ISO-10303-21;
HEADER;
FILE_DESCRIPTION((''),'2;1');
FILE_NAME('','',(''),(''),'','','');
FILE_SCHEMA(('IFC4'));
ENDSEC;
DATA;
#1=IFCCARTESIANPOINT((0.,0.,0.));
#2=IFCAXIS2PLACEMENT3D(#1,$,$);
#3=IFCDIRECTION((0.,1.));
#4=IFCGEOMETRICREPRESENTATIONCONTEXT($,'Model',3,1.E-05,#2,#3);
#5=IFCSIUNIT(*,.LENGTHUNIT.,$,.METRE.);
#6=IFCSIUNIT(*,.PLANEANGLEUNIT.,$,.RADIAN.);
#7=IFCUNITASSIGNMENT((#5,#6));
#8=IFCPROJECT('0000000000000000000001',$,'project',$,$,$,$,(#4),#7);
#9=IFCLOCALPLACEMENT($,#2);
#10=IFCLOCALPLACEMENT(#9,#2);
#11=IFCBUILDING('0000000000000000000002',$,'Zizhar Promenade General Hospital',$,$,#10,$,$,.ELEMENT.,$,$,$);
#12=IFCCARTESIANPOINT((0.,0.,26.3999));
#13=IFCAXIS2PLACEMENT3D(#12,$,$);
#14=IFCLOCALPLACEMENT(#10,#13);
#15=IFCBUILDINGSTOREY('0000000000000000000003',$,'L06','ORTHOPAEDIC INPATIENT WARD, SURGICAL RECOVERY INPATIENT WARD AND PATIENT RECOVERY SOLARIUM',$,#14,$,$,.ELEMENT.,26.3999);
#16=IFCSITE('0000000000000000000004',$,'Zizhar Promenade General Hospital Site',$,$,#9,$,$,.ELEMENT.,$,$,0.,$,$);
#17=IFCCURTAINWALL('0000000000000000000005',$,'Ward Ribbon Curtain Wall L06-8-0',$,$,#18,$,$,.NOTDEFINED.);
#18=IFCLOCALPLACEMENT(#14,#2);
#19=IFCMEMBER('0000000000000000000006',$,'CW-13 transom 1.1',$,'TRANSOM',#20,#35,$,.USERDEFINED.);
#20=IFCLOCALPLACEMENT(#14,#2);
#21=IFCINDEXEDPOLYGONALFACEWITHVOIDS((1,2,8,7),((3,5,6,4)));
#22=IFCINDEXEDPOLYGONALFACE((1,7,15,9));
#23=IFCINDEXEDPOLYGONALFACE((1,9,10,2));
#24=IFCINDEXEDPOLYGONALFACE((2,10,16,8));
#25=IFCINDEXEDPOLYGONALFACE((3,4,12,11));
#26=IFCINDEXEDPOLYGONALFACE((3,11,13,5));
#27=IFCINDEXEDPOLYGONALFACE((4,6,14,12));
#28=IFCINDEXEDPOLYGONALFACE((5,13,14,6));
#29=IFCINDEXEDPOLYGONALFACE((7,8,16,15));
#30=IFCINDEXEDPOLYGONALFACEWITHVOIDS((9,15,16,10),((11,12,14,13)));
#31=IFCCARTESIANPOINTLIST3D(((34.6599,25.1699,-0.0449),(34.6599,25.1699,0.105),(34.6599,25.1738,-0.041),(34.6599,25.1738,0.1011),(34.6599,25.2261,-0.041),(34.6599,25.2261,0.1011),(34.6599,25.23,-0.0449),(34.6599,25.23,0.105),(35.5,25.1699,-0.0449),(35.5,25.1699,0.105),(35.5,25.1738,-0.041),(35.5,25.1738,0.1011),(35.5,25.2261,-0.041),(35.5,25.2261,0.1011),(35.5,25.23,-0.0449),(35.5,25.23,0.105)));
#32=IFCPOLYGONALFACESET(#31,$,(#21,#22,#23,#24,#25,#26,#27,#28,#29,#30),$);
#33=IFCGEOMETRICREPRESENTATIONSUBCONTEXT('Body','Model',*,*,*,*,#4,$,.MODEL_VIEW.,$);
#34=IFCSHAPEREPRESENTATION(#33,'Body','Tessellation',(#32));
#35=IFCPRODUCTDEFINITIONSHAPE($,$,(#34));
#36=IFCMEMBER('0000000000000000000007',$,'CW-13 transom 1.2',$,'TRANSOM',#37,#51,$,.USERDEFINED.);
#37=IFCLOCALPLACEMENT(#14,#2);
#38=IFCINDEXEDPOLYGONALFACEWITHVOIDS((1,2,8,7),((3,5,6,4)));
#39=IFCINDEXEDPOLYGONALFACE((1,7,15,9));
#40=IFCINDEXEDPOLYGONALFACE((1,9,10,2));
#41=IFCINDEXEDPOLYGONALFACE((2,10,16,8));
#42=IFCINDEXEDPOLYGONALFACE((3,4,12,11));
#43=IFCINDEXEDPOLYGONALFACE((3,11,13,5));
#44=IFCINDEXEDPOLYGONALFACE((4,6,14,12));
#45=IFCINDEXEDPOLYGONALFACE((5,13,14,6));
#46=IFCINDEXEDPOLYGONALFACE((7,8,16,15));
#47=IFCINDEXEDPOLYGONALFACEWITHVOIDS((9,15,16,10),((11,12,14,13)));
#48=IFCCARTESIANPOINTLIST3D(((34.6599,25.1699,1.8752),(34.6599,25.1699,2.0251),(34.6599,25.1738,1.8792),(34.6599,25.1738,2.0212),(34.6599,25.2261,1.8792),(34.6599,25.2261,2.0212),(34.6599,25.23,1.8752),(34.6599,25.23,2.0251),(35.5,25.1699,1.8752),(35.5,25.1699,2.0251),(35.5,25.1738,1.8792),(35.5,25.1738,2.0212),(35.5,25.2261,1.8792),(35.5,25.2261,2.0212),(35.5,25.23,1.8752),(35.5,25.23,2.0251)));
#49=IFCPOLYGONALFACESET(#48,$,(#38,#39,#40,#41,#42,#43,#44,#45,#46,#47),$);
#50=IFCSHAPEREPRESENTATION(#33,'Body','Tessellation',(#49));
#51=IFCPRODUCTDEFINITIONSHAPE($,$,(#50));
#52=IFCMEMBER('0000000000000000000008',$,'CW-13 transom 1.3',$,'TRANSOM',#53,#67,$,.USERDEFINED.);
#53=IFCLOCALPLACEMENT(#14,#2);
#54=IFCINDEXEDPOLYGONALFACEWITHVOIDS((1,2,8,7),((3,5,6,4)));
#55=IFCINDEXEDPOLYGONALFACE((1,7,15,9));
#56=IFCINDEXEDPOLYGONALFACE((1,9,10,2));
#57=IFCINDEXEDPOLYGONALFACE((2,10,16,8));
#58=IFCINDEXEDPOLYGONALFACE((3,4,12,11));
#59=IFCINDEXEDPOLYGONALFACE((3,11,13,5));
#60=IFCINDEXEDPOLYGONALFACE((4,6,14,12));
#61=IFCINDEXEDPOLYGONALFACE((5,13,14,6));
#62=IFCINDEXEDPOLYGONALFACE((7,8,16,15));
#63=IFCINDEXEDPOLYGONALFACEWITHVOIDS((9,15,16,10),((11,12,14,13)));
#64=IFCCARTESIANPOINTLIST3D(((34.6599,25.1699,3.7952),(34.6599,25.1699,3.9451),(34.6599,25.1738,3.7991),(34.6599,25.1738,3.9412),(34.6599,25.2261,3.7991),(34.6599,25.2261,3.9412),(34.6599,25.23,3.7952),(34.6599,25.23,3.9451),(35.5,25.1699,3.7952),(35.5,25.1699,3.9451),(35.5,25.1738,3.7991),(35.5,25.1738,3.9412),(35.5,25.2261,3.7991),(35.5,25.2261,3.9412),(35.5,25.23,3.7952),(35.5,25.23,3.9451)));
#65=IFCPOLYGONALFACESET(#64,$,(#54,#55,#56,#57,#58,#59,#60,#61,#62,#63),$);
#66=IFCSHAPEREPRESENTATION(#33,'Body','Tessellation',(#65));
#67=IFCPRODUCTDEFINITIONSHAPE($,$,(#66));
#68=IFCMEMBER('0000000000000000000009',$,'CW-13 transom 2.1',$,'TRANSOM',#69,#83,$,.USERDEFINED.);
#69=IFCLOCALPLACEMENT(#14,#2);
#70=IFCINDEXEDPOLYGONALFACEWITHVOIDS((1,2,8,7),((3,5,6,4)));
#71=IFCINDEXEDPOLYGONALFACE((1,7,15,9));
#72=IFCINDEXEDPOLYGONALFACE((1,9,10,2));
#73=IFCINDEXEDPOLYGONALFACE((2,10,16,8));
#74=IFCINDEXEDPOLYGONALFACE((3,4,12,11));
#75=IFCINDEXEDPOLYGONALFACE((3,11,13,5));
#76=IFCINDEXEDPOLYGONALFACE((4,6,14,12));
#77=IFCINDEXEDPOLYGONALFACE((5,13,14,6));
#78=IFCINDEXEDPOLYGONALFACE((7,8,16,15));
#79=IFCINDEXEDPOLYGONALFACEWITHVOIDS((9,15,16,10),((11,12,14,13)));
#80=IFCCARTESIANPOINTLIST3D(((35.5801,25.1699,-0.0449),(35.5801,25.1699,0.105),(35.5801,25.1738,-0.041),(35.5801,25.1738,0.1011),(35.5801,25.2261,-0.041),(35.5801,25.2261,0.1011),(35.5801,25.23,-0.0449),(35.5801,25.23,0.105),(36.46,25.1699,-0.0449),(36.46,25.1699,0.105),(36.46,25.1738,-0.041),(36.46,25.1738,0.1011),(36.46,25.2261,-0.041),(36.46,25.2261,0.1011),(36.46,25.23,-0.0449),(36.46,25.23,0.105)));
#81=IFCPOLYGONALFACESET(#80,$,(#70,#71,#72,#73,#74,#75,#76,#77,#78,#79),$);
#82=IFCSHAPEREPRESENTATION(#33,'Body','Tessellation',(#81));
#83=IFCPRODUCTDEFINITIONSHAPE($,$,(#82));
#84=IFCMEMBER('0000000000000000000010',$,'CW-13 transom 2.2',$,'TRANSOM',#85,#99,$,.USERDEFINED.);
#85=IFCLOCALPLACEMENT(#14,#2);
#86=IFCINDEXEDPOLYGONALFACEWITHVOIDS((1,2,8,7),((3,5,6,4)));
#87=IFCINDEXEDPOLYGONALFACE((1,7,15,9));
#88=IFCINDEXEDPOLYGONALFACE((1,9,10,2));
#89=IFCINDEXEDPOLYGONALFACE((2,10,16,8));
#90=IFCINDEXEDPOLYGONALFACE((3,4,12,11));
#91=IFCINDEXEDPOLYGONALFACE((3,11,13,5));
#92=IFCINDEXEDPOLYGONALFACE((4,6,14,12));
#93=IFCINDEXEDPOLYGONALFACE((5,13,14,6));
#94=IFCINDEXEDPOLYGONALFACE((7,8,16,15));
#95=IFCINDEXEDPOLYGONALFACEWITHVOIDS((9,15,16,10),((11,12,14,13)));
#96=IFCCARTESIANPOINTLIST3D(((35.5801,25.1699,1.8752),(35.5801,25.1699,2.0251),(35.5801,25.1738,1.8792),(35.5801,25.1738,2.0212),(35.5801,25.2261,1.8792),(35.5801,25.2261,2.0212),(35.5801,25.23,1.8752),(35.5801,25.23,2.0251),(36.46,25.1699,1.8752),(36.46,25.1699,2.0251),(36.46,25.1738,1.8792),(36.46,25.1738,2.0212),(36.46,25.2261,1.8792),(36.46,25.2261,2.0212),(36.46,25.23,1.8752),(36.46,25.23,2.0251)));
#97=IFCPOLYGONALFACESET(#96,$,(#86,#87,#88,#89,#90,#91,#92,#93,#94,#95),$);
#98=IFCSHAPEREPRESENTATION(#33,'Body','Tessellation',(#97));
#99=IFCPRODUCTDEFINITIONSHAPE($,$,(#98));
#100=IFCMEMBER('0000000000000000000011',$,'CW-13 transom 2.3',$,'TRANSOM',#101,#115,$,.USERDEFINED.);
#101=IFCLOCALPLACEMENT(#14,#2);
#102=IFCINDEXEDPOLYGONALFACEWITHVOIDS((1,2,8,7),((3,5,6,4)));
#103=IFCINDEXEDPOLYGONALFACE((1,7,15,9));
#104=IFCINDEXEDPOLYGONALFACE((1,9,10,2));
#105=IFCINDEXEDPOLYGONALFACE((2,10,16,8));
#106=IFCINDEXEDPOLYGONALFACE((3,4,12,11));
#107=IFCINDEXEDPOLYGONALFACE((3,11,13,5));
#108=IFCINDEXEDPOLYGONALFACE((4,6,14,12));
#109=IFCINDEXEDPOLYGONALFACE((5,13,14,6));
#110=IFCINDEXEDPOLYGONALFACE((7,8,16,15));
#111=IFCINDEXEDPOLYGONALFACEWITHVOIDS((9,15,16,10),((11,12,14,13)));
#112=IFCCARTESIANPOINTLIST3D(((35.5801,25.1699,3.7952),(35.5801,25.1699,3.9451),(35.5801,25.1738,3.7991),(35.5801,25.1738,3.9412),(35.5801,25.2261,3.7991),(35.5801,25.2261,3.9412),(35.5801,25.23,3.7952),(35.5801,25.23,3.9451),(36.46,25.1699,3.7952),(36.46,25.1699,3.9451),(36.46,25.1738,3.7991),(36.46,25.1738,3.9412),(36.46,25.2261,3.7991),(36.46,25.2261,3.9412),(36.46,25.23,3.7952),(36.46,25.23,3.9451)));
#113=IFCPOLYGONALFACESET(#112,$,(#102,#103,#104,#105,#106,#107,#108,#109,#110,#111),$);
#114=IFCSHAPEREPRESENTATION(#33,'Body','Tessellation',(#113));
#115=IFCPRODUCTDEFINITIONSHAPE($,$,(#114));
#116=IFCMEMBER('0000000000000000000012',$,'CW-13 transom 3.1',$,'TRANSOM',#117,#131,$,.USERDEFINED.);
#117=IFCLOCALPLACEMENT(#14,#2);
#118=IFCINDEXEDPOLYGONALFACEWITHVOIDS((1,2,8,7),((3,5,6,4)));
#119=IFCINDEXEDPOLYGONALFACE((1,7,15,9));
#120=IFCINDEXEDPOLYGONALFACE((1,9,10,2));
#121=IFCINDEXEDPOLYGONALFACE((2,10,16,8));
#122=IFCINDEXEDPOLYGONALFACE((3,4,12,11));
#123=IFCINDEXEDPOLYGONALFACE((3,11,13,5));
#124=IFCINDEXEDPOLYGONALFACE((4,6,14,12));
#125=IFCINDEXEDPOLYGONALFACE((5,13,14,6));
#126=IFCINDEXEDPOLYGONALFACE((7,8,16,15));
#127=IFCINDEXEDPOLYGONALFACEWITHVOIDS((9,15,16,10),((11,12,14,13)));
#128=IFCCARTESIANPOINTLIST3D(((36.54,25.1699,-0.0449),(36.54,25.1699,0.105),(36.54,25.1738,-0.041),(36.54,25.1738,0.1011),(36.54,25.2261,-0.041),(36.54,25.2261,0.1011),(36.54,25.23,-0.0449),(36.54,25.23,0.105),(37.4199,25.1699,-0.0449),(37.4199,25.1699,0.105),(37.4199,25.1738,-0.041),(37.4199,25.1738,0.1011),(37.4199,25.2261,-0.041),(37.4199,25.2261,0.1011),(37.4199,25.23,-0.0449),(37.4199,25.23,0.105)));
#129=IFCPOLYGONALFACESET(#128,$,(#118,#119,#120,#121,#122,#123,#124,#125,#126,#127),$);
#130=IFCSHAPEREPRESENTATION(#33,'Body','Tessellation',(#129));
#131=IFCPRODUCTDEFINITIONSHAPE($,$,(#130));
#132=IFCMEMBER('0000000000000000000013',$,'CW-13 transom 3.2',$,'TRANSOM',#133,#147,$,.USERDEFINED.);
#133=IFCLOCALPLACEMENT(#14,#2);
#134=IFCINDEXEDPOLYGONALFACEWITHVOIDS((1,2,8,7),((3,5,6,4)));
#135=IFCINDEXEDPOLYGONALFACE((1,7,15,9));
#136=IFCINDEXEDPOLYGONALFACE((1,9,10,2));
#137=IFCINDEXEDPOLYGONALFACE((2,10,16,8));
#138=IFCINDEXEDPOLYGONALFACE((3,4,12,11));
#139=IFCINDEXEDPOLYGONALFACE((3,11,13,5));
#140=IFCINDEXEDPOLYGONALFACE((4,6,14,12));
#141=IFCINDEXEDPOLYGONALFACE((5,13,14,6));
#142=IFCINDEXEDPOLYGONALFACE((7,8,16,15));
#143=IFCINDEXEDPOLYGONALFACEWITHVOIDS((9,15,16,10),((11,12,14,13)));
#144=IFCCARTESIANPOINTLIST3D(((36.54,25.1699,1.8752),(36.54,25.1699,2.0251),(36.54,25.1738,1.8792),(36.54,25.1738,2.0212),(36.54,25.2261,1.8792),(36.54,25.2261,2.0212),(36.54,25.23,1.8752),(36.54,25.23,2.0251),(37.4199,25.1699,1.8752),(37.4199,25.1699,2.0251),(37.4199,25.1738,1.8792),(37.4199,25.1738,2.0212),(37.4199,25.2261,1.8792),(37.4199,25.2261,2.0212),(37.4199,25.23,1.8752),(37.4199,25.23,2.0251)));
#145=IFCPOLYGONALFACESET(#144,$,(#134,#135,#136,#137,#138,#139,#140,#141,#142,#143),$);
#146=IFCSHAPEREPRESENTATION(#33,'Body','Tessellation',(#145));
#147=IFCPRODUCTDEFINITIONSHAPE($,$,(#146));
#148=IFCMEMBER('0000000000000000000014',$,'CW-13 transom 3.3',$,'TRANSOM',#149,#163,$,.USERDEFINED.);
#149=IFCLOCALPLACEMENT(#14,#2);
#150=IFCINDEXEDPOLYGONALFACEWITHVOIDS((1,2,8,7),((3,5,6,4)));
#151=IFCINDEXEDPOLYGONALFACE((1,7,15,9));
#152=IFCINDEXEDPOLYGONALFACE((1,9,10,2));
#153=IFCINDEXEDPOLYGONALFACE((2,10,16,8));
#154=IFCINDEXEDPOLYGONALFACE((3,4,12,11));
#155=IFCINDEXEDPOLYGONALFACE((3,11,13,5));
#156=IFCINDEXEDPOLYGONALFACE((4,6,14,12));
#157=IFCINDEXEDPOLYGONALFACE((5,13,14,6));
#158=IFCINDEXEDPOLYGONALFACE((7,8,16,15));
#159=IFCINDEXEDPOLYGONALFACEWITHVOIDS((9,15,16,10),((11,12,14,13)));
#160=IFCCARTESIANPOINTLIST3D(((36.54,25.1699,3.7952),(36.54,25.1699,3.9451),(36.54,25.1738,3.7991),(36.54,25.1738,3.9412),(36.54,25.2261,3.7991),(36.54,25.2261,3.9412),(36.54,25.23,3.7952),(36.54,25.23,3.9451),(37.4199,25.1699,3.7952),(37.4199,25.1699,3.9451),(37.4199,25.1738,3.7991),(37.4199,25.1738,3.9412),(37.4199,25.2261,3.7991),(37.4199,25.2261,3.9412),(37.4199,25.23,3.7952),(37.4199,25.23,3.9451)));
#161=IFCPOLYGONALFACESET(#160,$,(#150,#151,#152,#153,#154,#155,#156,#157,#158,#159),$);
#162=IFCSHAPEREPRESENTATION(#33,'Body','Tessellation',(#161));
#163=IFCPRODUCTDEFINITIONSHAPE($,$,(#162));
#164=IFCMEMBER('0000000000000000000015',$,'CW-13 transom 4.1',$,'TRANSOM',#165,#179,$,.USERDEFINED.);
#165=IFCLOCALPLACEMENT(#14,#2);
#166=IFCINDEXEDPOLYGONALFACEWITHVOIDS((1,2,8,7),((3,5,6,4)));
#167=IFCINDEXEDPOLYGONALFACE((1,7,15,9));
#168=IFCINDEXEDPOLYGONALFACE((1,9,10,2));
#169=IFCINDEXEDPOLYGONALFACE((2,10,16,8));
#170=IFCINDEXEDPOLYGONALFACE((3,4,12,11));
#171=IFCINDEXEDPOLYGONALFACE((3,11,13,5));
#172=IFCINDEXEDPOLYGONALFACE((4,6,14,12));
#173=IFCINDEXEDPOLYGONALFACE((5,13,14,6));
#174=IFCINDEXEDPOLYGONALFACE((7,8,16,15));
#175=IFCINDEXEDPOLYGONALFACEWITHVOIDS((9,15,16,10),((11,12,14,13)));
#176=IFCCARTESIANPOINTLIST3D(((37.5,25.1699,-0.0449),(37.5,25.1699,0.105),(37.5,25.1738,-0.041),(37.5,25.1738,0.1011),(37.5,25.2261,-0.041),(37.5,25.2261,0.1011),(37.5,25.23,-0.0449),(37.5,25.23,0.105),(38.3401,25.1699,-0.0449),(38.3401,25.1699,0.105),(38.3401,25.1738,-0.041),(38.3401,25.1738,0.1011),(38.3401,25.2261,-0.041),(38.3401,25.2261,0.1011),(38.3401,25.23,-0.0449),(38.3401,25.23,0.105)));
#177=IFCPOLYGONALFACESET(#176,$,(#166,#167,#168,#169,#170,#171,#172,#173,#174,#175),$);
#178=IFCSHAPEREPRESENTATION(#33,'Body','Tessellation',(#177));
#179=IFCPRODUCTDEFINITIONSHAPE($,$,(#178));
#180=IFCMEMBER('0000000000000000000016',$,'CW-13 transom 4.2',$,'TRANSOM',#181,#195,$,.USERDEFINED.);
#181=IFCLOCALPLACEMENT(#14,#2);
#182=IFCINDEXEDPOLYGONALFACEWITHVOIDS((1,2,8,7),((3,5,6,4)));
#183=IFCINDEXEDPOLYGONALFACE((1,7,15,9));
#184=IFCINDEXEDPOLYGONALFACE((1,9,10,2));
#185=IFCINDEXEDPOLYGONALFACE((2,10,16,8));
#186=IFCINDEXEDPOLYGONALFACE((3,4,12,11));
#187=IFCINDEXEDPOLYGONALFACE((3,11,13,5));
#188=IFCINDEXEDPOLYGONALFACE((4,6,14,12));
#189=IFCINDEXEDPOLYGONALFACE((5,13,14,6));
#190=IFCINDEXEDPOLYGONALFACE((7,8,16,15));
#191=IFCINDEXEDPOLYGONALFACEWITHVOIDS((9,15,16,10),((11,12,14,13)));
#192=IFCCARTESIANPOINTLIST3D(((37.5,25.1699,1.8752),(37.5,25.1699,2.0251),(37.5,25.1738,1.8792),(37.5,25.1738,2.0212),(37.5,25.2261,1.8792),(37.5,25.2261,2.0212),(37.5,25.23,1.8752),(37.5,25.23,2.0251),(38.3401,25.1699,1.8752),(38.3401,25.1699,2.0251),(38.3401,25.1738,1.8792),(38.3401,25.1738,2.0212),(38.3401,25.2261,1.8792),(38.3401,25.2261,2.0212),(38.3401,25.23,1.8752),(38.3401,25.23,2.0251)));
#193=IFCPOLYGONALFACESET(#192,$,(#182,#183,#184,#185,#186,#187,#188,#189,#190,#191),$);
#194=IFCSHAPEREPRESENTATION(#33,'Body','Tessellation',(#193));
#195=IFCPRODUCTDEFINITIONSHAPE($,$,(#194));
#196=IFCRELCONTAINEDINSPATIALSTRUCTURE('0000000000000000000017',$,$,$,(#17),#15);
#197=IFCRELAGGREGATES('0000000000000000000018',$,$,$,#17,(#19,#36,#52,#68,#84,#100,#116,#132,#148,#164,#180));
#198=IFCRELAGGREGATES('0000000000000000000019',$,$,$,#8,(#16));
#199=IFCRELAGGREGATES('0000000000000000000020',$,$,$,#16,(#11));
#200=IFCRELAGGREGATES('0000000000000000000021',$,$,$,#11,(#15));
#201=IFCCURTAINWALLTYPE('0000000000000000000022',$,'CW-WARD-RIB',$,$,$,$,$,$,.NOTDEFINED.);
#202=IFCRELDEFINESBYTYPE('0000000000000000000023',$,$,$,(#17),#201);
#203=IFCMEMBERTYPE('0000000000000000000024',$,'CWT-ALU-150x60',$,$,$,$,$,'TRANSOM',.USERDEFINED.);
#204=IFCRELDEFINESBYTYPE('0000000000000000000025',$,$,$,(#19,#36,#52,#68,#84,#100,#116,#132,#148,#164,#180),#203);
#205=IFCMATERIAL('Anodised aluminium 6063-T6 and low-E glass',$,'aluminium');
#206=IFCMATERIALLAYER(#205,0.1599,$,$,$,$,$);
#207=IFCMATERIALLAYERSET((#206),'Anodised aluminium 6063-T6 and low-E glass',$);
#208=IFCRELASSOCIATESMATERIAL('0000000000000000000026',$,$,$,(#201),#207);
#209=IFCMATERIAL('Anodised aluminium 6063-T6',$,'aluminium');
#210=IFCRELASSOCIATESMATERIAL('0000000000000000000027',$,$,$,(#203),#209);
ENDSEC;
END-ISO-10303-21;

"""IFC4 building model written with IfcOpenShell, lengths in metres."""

from ifc_helpers import new_model, si_unit, direction, frame, origin, origin_2d, place, context, subcontext, project, spatial, hollow_rectangle, extrude, material, layer, layer_set, material_profile, profile_set, type_object, element, aggregate, save


model = new_model("IFC4")

# Units and contexts
model_context = context("Model", 3, precision=1e-05, world=origin(), true_north=direction((0.0, 1.0)))
body_context = subcontext(model_context, "Body", "Model", "MODEL_VIEW")
ifc_project = project(units=[si_unit("LENGTHUNIT", "METRE"), si_unit("PLANEANGLEUNIT", "RADIAN")], contexts=[model_context])

# Site, building, storey
site_placement = place(None, origin())
site = spatial("IfcSite", under=ifc_project, at=site_placement, Name="Zizhar Promenade General Hospital Site", CompositionType="ELEMENT", RefElevation=0.0)
building_placement = place(site_placement, origin())
building = spatial("IfcBuilding", under=site, at=building_placement, Name="Zizhar Promenade General Hospital", CompositionType="ELEMENT")
storey_placement = place(building_placement, frame((0.0, 0.0, 26.3999)))
storey = spatial("IfcBuildingStorey", under=building, at=storey_placement, Name="L06", Description="ORTHOPAEDIC INPATIENT WARD, SURGICAL RECOVERY INPATIENT WARD AND PATIENT RECOVERY SOLARIUM", CompositionType="ELEMENT", Elevation=26.3999)

# Curtain wall
ifc_material_1 = material(Name="Anodised aluminium 6063-T6 and low-E glass", Category="aluminium")
ifc_layer_1 = layer(ifc_material_1, 0.1599)
ifc_layer_set_1 = layer_set([ifc_layer_1], Name="Anodised aluminium 6063-T6 and low-E glass")
curtain_wall_type_1 = type_object("IfcCurtainWallType", Name="CW-WARD-RIB", PredefinedType="NOTDEFINED", material=ifc_layer_set_1)
curtain_wall_1_placement = place(storey_placement, origin())
curtain_wall_1 = element("IfcCurtainWall", 1, at=curtain_wall_1_placement, inside=storey, type_object=curtain_wall_type_1, Name="Ward Ribbon Curtain Wall L06-8-0", PredefinedType="NOTDEFINED")

# Members
ifc_material_2 = material(Name="Anodised aluminium 6063-T6", Category="aluminium")
ifc_material_profile_1 = material_profile(ifc_material_2, hollow_rectangle(XDim=0.0601, YDim=0.1499, WallThickness=0.0039, at=origin_2d()))
ifc_profile_set_1 = profile_set([ifc_material_profile_1], Name="Anodised aluminium 6063-T6")
member_type_1 = type_object("IfcMemberType", Name="CWT-ALU-150x60", ElementType="TRANSOM", PredefinedType="USERDEFINED", material=ifc_profile_set_1)
member_1_placement = place(storey_placement, frame((34.6599, 25.2, 0.03), z_axis=(1.0, 0.0, 0.0), x_axis=(0.0, 1.0, 0.0)))
member_1 = element("IfcMember", 2, at=member_1_placement, type_object=member_type_1, Name="CW-13 transom 1.1", ObjectType="TRANSOM", PredefinedType="USERDEFINED", context=body_context, shape_type="SweptSolid", body=[
    extrude(hollow_rectangle(XDim=0.0601, YDim=0.1499, WallThickness=0.0039, at=origin_2d()), origin(), (0.0, 0.0, 1.0), 0.8401),
])
member_2_placement = place(storey_placement, frame((34.6599, 25.2, 1.9502), z_axis=(1.0, 0.0, 0.0), x_axis=(0.0, 1.0, 0.0)))
member_2 = element("IfcMember", 3, at=member_2_placement, type_object=member_type_1, Name="CW-13 transom 1.2", ObjectType="TRANSOM", PredefinedType="USERDEFINED", context=body_context, shape_type="SweptSolid", body=[
    extrude(hollow_rectangle(XDim=0.0601, YDim=0.1499, WallThickness=0.0039, at=origin_2d()), origin(), (0.0, 0.0, 1.0), 0.8401),
])
member_3_placement = place(storey_placement, frame((34.6599, 25.2, 3.8701), z_axis=(1.0, 0.0, 0.0), x_axis=(0.0, 1.0, 0.0)))
member_3 = element("IfcMember", 4, at=member_3_placement, type_object=member_type_1, Name="CW-13 transom 1.3", ObjectType="TRANSOM", PredefinedType="USERDEFINED", context=body_context, shape_type="SweptSolid", body=[
    extrude(hollow_rectangle(XDim=0.0601, YDim=0.1499, WallThickness=0.0039, at=origin_2d()), origin(), (0.0, 0.0, 1.0), 0.8401),
])
member_4_placement = place(storey_placement, frame((35.5801, 25.2, 0.03), z_axis=(1.0, 0.0, 0.0), x_axis=(0.0, 1.0, 0.0)))
member_4 = element("IfcMember", 5, at=member_4_placement, type_object=member_type_1, Name="CW-13 transom 2.1", ObjectType="TRANSOM", PredefinedType="USERDEFINED", context=body_context, shape_type="SweptSolid", body=[
    extrude(hollow_rectangle(XDim=0.0601, YDim=0.1499, WallThickness=0.0039, at=origin_2d()), origin(), (0.0, 0.0, 1.0), 0.8799),
])
member_5_placement = place(storey_placement, frame((35.5801, 25.2, 1.9502), z_axis=(1.0, 0.0, 0.0), x_axis=(0.0, 1.0, 0.0)))
member_5 = element("IfcMember", 6, at=member_5_placement, type_object=member_type_1, Name="CW-13 transom 2.2", ObjectType="TRANSOM", PredefinedType="USERDEFINED", context=body_context, shape_type="SweptSolid", body=[
    extrude(hollow_rectangle(XDim=0.0601, YDim=0.1499, WallThickness=0.0039, at=origin_2d()), origin(), (0.0, 0.0, 1.0), 0.8799),
])
member_6_placement = place(storey_placement, frame((35.5801, 25.2, 3.8701), z_axis=(1.0, 0.0, 0.0), x_axis=(0.0, 1.0, 0.0)))
member_6 = element("IfcMember", 7, at=member_6_placement, type_object=member_type_1, Name="CW-13 transom 2.3", ObjectType="TRANSOM", PredefinedType="USERDEFINED", context=body_context, shape_type="SweptSolid", body=[
    extrude(hollow_rectangle(XDim=0.0601, YDim=0.1499, WallThickness=0.0039, at=origin_2d()), origin(), (0.0, 0.0, 1.0), 0.8799),
])
member_7_placement = place(storey_placement, frame((36.54, 25.2, 0.03), z_axis=(1.0, 0.0, 0.0), x_axis=(0.0, 1.0, 0.0)))
member_7 = element("IfcMember", 8, at=member_7_placement, type_object=member_type_1, Name="CW-13 transom 3.1", ObjectType="TRANSOM", PredefinedType="USERDEFINED", context=body_context, shape_type="SweptSolid", body=[
    extrude(hollow_rectangle(XDim=0.0601, YDim=0.1499, WallThickness=0.0039, at=origin_2d()), origin(), (0.0, 0.0, 1.0), 0.8799),
])
member_8_placement = place(storey_placement, frame((36.54, 25.2, 1.9502), z_axis=(1.0, 0.0, 0.0), x_axis=(0.0, 1.0, 0.0)))
member_8 = element("IfcMember", 9, at=member_8_placement, type_object=member_type_1, Name="CW-13 transom 3.2", ObjectType="TRANSOM", PredefinedType="USERDEFINED", context=body_context, shape_type="SweptSolid", body=[
    extrude(hollow_rectangle(XDim=0.0601, YDim=0.1499, WallThickness=0.0039, at=origin_2d()), origin(), (0.0, 0.0, 1.0), 0.8799),
])
member_9_placement = place(storey_placement, frame((36.54, 25.2, 3.8701), z_axis=(1.0, 0.0, 0.0), x_axis=(0.0, 1.0, 0.0)))
member_9 = element("IfcMember", 10, at=member_9_placement, type_object=member_type_1, Name="CW-13 transom 3.3", ObjectType="TRANSOM", PredefinedType="USERDEFINED", context=body_context, shape_type="SweptSolid", body=[
    extrude(hollow_rectangle(XDim=0.0601, YDim=0.1499, WallThickness=0.0039, at=origin_2d()), origin(), (0.0, 0.0, 1.0), 0.8799),
])
member_10_placement = place(storey_placement, frame((37.5, 25.2, 0.03), z_axis=(1.0, 0.0, 0.0), x_axis=(0.0, 1.0, 0.0)))
member_10 = element("IfcMember", 11, at=member_10_placement, type_object=member_type_1, Name="CW-13 transom 4.1", ObjectType="TRANSOM", PredefinedType="USERDEFINED", context=body_context, shape_type="SweptSolid", body=[
    extrude(hollow_rectangle(XDim=0.0601, YDim=0.1499, WallThickness=0.0039, at=origin_2d()), origin(), (0.0, 0.0, 1.0), 0.8401),
])
member_11_placement = place(storey_placement, frame((37.5, 25.2, 1.9502), z_axis=(1.0, 0.0, 0.0), x_axis=(0.0, 1.0, 0.0)))
member_11 = element("IfcMember", 12, at=member_11_placement, type_object=member_type_1, Name="CW-13 transom 4.2", ObjectType="TRANSOM", PredefinedType="USERDEFINED", context=body_context, shape_type="SweptSolid", body=[
    extrude(hollow_rectangle(XDim=0.0601, YDim=0.1499, WallThickness=0.0039, at=origin_2d()), origin(), (0.0, 0.0, 1.0), 0.8401),
])

aggregate(curtain_wall_1, [member_1, member_2, member_3, member_4, member_5, member_6, member_7, member_8, member_9, member_10, member_11])

save(model, "model.ifc")
